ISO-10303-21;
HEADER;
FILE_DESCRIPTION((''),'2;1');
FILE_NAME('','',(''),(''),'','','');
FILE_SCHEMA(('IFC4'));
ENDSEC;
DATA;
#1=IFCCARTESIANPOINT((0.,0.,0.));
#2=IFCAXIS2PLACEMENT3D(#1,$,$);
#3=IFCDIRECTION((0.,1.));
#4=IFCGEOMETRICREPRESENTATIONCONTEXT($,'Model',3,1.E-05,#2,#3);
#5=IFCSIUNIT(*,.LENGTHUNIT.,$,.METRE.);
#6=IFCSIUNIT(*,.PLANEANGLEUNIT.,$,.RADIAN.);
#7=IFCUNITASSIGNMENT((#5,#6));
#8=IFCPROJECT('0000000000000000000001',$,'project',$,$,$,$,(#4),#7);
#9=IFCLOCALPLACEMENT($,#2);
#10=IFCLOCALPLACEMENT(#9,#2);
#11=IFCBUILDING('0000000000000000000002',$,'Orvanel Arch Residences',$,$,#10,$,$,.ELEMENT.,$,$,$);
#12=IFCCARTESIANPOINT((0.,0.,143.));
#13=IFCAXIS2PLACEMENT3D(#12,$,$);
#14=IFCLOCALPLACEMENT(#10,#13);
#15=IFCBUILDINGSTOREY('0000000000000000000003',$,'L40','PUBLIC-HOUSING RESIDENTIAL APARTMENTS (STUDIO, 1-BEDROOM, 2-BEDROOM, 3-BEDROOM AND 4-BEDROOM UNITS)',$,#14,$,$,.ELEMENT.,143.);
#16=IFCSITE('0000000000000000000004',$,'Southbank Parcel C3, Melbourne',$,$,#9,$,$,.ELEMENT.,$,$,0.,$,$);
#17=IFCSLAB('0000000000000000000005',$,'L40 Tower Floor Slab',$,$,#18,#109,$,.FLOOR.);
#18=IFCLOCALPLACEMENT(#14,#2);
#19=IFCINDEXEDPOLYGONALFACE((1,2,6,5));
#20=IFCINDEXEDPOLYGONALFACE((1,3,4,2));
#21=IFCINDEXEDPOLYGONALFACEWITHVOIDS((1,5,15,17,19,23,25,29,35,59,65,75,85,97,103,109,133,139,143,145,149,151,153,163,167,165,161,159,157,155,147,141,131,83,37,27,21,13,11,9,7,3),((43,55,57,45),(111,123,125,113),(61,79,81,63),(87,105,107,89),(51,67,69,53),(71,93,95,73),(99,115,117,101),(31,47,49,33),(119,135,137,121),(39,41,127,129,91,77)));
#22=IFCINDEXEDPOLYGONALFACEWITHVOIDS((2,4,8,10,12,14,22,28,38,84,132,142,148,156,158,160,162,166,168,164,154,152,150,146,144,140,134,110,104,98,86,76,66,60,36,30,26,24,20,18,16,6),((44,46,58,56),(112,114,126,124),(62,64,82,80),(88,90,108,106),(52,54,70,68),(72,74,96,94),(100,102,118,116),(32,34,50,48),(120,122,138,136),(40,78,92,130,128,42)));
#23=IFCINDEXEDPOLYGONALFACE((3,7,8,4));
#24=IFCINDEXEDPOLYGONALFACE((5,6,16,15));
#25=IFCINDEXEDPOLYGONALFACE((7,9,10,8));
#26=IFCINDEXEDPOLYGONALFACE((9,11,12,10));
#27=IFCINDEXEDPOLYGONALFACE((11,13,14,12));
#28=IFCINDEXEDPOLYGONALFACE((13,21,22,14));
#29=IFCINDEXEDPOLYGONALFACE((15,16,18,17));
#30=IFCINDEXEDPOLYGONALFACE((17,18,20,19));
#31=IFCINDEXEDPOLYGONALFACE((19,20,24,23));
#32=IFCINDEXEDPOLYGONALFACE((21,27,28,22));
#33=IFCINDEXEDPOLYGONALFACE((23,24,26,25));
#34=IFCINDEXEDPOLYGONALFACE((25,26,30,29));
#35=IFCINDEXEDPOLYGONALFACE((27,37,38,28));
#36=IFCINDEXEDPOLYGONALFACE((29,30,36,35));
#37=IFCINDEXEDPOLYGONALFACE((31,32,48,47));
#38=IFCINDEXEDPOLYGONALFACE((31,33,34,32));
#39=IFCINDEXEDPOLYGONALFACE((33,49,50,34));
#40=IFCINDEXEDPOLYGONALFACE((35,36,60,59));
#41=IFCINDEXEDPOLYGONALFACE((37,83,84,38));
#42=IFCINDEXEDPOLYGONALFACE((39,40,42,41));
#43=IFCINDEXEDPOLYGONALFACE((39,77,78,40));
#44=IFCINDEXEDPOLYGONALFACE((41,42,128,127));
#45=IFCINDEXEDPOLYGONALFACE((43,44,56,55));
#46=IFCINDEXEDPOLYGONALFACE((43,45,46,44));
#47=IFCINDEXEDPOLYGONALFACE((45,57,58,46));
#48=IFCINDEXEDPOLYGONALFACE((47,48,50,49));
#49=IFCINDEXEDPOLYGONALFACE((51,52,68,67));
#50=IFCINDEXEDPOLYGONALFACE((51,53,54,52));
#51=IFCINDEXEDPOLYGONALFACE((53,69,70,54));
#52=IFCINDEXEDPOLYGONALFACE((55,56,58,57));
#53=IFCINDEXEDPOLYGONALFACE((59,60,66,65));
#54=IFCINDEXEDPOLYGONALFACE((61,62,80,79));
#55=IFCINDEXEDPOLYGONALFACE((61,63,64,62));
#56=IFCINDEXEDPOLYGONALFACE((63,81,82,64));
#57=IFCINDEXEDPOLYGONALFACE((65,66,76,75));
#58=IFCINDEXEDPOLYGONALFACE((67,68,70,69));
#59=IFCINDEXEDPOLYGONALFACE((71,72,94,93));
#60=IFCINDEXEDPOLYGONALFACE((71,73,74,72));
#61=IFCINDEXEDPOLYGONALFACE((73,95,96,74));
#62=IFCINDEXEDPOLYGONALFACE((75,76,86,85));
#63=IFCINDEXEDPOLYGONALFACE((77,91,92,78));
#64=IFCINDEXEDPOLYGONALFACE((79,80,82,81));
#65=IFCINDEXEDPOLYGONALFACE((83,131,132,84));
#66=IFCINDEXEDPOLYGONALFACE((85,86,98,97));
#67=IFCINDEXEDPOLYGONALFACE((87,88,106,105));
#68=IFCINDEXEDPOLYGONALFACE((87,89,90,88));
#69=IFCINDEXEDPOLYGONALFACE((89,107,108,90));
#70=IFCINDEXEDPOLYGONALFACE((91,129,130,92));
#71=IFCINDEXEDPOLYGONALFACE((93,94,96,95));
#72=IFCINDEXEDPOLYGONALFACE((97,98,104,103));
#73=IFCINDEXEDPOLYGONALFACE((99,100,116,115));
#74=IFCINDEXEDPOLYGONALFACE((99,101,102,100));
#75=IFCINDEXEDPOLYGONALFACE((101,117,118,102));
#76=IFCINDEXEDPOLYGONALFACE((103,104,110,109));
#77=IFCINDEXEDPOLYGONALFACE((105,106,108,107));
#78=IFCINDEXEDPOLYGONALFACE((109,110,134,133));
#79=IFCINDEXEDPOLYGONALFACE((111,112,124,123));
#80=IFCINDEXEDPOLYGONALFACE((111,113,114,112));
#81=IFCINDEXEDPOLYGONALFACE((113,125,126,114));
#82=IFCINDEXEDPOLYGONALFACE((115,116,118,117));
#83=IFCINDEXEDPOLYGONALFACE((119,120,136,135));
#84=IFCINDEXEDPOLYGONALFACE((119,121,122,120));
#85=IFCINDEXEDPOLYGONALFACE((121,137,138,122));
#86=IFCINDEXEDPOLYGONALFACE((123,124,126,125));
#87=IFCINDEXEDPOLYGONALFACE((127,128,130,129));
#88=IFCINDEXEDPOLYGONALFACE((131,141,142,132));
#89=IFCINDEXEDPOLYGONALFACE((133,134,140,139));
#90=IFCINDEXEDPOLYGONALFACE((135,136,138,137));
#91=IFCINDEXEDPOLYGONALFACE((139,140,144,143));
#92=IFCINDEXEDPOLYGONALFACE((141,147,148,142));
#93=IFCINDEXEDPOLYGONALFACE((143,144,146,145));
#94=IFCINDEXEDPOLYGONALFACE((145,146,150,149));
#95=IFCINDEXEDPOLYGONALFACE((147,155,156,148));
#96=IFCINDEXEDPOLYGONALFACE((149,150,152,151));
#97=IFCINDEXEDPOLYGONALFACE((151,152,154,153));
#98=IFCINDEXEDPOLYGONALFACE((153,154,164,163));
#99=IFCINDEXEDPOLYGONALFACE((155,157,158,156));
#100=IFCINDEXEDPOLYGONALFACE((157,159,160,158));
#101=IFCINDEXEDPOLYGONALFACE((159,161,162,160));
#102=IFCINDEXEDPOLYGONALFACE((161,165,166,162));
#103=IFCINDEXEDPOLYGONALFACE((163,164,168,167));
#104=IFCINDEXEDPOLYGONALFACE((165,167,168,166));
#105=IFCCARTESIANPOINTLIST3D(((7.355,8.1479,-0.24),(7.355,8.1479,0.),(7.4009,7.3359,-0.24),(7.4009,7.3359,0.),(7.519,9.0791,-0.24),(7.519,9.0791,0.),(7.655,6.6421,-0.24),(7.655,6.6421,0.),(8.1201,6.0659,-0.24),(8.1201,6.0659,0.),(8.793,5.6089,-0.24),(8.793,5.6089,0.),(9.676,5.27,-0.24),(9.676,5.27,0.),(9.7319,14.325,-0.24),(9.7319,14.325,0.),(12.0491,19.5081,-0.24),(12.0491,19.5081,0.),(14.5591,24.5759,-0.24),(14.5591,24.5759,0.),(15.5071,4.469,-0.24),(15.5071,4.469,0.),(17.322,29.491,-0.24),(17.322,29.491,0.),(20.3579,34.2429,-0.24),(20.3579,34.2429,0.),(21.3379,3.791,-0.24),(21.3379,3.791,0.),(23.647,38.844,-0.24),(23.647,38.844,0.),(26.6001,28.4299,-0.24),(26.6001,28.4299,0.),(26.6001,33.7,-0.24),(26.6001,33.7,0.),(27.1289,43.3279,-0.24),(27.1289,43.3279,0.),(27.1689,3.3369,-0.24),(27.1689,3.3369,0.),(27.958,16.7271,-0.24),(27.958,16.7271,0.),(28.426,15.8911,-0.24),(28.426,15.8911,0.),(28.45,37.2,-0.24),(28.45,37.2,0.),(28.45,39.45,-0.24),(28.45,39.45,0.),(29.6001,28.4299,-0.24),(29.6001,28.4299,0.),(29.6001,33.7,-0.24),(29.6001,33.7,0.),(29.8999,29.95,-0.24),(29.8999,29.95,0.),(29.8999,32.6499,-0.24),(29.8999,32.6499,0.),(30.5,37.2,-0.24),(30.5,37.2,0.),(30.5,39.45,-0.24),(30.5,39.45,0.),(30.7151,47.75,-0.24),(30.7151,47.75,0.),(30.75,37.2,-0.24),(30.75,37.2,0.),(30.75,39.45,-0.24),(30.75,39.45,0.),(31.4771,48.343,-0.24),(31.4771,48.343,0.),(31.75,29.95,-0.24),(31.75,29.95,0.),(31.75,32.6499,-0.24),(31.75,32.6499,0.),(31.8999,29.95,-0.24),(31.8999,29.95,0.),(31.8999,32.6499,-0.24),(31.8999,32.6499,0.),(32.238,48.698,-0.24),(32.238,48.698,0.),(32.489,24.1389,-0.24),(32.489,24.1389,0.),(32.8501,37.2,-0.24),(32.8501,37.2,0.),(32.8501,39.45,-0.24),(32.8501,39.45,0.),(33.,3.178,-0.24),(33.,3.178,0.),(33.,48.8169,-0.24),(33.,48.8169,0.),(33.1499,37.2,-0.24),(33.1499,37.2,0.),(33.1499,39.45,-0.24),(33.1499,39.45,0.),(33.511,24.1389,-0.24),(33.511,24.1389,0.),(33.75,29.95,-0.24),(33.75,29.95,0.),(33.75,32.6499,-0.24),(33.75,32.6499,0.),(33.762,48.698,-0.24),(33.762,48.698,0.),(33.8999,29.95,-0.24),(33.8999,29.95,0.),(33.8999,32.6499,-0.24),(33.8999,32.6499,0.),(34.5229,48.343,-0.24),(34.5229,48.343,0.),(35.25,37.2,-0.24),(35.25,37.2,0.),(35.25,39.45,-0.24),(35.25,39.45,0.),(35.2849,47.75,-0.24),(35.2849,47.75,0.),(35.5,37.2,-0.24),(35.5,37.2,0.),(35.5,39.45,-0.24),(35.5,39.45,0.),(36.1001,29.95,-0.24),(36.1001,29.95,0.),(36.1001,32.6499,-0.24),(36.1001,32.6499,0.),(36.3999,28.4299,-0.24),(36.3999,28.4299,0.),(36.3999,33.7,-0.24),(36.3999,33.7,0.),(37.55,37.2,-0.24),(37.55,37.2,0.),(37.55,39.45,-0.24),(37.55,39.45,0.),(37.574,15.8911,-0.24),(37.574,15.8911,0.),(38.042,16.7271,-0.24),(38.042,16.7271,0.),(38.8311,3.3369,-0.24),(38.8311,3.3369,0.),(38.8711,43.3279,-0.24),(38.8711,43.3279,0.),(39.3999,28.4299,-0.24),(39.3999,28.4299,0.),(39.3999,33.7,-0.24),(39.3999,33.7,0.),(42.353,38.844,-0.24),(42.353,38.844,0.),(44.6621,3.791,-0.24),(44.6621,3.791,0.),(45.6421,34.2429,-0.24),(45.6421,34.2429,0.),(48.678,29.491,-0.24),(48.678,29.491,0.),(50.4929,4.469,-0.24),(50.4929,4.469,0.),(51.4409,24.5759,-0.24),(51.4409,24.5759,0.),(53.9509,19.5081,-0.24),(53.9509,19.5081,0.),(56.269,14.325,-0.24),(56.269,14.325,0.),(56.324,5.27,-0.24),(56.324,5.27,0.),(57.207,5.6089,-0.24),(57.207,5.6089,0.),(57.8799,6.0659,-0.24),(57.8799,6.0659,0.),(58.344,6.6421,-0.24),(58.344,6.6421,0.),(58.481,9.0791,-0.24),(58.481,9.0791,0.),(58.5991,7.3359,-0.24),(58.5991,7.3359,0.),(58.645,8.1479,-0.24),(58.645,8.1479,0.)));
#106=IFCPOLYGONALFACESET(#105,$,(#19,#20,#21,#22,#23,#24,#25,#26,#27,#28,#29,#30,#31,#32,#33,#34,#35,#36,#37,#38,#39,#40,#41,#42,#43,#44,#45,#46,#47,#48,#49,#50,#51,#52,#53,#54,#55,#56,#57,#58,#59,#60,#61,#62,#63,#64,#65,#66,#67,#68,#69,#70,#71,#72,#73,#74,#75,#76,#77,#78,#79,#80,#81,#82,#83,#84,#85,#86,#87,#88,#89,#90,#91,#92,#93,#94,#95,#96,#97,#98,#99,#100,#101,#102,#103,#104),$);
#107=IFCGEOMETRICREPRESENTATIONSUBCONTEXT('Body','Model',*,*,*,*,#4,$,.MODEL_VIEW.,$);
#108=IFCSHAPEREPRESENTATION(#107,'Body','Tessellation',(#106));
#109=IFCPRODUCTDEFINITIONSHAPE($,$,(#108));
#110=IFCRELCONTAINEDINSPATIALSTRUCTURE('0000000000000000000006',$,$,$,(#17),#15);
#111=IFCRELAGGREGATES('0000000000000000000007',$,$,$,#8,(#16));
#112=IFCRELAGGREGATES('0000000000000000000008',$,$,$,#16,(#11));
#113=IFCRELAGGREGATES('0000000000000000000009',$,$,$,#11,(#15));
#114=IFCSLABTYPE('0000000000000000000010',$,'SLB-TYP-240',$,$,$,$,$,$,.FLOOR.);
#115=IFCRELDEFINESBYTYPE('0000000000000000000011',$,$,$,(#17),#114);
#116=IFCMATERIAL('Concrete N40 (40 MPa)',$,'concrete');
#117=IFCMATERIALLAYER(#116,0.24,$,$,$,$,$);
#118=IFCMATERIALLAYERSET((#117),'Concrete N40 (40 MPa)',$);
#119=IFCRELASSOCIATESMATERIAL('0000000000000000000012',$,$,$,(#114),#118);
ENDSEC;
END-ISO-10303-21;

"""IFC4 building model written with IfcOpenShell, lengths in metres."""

from ifc_helpers import new_model, si_unit, direction, frame, origin, place, context, subcontext, project, spatial, polyline, outline, extrude, material, layer, layer_set, type_object, element, save


model = new_model("IFC4")

# Units and contexts
model_context = context("Model", 3, precision=1e-05, world=origin(), true_north=direction((0.0, 1.0)))
body_context = subcontext(model_context, "Body", "Model", "MODEL_VIEW")
ifc_project = project(units=[si_unit("LENGTHUNIT", "METRE"), si_unit("PLANEANGLEUNIT", "RADIAN")], contexts=[model_context])

# Site, building, storey
site_placement = place(None, origin())
site = spatial("IfcSite", under=ifc_project, at=site_placement, Name="Southbank Parcel C3, Melbourne", CompositionType="ELEMENT", RefElevation=0.0)
building_placement = place(site_placement, origin())
building = spatial("IfcBuilding", under=site, at=building_placement, Name="Orvanel Arch Residences", CompositionType="ELEMENT")
storey_placement = place(building_placement, frame((0.0, 0.0, 143.0)))
storey = spatial("IfcBuildingStorey", under=building, at=storey_placement, Name="L40", Description="PUBLIC-HOUSING RESIDENTIAL APARTMENTS (STUDIO, 1-BEDROOM, 2-BEDROOM, 3-BEDROOM AND 4-BEDROOM UNITS)", CompositionType="ELEMENT", Elevation=143.0)

# Shared definitions
ifc_material_1 = material(Name="Concrete N40 (40 MPa)", Category="concrete")

# Slab
ifc_layer_1 = layer(ifc_material_1, 0.24)
ifc_layer_set_1 = layer_set([ifc_layer_1], Name="Concrete N40 (40 MPa)")
slab_type_1 = type_object("IfcSlabType", Name="SLB-TYP-240", PredefinedType="FLOOR", material=ifc_layer_set_1)
slab_1_placement = place(storey_placement, frame((0.0, 0.0, -0.24)))
element("IfcSlab", 1, at=slab_1_placement, inside=storey, type_object=slab_type_1, Name="L40 Tower Floor Slab", PredefinedType="FLOOR", context=body_context, shape_type="SweptSolid", body=[
    extrude(outline(polyline([(35.2849, 47.75), (34.5229, 48.343), (33.762, 48.698), (33.0, 48.8169), (32.238, 48.698), (31.4771, 48.343), (30.7151, 47.75), (27.1289, 43.3279), (23.647, 38.844), (20.3579, 34.2429), (17.322, 29.491), (14.5591, 24.5759), (12.0491, 19.5081), (9.7319, 14.325), (7.519, 9.0791), (7.355, 8.1479), (7.4009, 7.3359), (7.655, 6.6421), (8.1201, 6.0659), (8.793, 5.6089), (9.676, 5.27), (15.5071, 4.469), (21.3379, 3.791), (27.1689, 3.3369), (33.0, 3.178), (38.8311, 3.3369), (44.6621, 3.791), (50.4929, 4.469), (56.324, 5.27), (57.207, 5.6089), (57.8799, 6.0659), (58.344, 6.6421), (58.5991, 7.3359), (58.645, 8.1479), (58.481, 9.0791), (56.269, 14.325), (53.9509, 19.5081), (51.4409, 24.5759), (48.678, 29.491), (45.6421, 34.2429), (42.353, 38.844), (38.8711, 43.3279), (35.2849, 47.75)]), holes=[polyline([(26.6001, 28.4299), (26.6001, 33.7), (29.6001, 33.7), (29.6001, 28.4299), (26.6001, 28.4299)]), polyline([(36.3999, 28.4299), (36.3999, 33.7), (39.3999, 33.7), (39.3999, 28.4299), (36.3999, 28.4299)]), polyline([(29.8999, 32.6499), (31.75, 32.6499), (31.75, 29.95), (29.8999, 29.95), (29.8999, 32.6499)]), polyline([(31.8999, 32.6499), (33.75, 32.6499), (33.75, 29.95), (31.8999, 29.95), (31.8999, 32.6499)]), polyline([(33.8999, 32.6499), (36.1001, 32.6499), (36.1001, 29.95), (33.8999, 29.95), (33.8999, 32.6499)]), polyline([(28.45, 39.45), (30.5, 39.45), (30.5, 37.2), (28.45, 37.2), (28.45, 39.45)]), polyline([(35.5, 39.45), (37.55, 39.45), (37.55, 37.2), (35.5, 37.2), (35.5, 39.45)]), polyline([(30.75, 39.45), (32.8501, 39.45), (32.8501, 37.2), (30.75, 37.2), (30.75, 39.45)]), polyline([(33.1499, 39.45), (35.25, 39.45), (35.25, 37.2), (33.1499, 37.2), (33.1499, 39.45)]), polyline([(38.042, 16.7271), (37.574, 15.8911), (28.426, 15.8911), (27.958, 16.7271), (32.489, 24.1389), (33.511, 24.1389), (38.042, 16.7271)])]), origin(), (0.0, 0.0, 1.0), 0.24),
])

save(model, "model.ifc")
